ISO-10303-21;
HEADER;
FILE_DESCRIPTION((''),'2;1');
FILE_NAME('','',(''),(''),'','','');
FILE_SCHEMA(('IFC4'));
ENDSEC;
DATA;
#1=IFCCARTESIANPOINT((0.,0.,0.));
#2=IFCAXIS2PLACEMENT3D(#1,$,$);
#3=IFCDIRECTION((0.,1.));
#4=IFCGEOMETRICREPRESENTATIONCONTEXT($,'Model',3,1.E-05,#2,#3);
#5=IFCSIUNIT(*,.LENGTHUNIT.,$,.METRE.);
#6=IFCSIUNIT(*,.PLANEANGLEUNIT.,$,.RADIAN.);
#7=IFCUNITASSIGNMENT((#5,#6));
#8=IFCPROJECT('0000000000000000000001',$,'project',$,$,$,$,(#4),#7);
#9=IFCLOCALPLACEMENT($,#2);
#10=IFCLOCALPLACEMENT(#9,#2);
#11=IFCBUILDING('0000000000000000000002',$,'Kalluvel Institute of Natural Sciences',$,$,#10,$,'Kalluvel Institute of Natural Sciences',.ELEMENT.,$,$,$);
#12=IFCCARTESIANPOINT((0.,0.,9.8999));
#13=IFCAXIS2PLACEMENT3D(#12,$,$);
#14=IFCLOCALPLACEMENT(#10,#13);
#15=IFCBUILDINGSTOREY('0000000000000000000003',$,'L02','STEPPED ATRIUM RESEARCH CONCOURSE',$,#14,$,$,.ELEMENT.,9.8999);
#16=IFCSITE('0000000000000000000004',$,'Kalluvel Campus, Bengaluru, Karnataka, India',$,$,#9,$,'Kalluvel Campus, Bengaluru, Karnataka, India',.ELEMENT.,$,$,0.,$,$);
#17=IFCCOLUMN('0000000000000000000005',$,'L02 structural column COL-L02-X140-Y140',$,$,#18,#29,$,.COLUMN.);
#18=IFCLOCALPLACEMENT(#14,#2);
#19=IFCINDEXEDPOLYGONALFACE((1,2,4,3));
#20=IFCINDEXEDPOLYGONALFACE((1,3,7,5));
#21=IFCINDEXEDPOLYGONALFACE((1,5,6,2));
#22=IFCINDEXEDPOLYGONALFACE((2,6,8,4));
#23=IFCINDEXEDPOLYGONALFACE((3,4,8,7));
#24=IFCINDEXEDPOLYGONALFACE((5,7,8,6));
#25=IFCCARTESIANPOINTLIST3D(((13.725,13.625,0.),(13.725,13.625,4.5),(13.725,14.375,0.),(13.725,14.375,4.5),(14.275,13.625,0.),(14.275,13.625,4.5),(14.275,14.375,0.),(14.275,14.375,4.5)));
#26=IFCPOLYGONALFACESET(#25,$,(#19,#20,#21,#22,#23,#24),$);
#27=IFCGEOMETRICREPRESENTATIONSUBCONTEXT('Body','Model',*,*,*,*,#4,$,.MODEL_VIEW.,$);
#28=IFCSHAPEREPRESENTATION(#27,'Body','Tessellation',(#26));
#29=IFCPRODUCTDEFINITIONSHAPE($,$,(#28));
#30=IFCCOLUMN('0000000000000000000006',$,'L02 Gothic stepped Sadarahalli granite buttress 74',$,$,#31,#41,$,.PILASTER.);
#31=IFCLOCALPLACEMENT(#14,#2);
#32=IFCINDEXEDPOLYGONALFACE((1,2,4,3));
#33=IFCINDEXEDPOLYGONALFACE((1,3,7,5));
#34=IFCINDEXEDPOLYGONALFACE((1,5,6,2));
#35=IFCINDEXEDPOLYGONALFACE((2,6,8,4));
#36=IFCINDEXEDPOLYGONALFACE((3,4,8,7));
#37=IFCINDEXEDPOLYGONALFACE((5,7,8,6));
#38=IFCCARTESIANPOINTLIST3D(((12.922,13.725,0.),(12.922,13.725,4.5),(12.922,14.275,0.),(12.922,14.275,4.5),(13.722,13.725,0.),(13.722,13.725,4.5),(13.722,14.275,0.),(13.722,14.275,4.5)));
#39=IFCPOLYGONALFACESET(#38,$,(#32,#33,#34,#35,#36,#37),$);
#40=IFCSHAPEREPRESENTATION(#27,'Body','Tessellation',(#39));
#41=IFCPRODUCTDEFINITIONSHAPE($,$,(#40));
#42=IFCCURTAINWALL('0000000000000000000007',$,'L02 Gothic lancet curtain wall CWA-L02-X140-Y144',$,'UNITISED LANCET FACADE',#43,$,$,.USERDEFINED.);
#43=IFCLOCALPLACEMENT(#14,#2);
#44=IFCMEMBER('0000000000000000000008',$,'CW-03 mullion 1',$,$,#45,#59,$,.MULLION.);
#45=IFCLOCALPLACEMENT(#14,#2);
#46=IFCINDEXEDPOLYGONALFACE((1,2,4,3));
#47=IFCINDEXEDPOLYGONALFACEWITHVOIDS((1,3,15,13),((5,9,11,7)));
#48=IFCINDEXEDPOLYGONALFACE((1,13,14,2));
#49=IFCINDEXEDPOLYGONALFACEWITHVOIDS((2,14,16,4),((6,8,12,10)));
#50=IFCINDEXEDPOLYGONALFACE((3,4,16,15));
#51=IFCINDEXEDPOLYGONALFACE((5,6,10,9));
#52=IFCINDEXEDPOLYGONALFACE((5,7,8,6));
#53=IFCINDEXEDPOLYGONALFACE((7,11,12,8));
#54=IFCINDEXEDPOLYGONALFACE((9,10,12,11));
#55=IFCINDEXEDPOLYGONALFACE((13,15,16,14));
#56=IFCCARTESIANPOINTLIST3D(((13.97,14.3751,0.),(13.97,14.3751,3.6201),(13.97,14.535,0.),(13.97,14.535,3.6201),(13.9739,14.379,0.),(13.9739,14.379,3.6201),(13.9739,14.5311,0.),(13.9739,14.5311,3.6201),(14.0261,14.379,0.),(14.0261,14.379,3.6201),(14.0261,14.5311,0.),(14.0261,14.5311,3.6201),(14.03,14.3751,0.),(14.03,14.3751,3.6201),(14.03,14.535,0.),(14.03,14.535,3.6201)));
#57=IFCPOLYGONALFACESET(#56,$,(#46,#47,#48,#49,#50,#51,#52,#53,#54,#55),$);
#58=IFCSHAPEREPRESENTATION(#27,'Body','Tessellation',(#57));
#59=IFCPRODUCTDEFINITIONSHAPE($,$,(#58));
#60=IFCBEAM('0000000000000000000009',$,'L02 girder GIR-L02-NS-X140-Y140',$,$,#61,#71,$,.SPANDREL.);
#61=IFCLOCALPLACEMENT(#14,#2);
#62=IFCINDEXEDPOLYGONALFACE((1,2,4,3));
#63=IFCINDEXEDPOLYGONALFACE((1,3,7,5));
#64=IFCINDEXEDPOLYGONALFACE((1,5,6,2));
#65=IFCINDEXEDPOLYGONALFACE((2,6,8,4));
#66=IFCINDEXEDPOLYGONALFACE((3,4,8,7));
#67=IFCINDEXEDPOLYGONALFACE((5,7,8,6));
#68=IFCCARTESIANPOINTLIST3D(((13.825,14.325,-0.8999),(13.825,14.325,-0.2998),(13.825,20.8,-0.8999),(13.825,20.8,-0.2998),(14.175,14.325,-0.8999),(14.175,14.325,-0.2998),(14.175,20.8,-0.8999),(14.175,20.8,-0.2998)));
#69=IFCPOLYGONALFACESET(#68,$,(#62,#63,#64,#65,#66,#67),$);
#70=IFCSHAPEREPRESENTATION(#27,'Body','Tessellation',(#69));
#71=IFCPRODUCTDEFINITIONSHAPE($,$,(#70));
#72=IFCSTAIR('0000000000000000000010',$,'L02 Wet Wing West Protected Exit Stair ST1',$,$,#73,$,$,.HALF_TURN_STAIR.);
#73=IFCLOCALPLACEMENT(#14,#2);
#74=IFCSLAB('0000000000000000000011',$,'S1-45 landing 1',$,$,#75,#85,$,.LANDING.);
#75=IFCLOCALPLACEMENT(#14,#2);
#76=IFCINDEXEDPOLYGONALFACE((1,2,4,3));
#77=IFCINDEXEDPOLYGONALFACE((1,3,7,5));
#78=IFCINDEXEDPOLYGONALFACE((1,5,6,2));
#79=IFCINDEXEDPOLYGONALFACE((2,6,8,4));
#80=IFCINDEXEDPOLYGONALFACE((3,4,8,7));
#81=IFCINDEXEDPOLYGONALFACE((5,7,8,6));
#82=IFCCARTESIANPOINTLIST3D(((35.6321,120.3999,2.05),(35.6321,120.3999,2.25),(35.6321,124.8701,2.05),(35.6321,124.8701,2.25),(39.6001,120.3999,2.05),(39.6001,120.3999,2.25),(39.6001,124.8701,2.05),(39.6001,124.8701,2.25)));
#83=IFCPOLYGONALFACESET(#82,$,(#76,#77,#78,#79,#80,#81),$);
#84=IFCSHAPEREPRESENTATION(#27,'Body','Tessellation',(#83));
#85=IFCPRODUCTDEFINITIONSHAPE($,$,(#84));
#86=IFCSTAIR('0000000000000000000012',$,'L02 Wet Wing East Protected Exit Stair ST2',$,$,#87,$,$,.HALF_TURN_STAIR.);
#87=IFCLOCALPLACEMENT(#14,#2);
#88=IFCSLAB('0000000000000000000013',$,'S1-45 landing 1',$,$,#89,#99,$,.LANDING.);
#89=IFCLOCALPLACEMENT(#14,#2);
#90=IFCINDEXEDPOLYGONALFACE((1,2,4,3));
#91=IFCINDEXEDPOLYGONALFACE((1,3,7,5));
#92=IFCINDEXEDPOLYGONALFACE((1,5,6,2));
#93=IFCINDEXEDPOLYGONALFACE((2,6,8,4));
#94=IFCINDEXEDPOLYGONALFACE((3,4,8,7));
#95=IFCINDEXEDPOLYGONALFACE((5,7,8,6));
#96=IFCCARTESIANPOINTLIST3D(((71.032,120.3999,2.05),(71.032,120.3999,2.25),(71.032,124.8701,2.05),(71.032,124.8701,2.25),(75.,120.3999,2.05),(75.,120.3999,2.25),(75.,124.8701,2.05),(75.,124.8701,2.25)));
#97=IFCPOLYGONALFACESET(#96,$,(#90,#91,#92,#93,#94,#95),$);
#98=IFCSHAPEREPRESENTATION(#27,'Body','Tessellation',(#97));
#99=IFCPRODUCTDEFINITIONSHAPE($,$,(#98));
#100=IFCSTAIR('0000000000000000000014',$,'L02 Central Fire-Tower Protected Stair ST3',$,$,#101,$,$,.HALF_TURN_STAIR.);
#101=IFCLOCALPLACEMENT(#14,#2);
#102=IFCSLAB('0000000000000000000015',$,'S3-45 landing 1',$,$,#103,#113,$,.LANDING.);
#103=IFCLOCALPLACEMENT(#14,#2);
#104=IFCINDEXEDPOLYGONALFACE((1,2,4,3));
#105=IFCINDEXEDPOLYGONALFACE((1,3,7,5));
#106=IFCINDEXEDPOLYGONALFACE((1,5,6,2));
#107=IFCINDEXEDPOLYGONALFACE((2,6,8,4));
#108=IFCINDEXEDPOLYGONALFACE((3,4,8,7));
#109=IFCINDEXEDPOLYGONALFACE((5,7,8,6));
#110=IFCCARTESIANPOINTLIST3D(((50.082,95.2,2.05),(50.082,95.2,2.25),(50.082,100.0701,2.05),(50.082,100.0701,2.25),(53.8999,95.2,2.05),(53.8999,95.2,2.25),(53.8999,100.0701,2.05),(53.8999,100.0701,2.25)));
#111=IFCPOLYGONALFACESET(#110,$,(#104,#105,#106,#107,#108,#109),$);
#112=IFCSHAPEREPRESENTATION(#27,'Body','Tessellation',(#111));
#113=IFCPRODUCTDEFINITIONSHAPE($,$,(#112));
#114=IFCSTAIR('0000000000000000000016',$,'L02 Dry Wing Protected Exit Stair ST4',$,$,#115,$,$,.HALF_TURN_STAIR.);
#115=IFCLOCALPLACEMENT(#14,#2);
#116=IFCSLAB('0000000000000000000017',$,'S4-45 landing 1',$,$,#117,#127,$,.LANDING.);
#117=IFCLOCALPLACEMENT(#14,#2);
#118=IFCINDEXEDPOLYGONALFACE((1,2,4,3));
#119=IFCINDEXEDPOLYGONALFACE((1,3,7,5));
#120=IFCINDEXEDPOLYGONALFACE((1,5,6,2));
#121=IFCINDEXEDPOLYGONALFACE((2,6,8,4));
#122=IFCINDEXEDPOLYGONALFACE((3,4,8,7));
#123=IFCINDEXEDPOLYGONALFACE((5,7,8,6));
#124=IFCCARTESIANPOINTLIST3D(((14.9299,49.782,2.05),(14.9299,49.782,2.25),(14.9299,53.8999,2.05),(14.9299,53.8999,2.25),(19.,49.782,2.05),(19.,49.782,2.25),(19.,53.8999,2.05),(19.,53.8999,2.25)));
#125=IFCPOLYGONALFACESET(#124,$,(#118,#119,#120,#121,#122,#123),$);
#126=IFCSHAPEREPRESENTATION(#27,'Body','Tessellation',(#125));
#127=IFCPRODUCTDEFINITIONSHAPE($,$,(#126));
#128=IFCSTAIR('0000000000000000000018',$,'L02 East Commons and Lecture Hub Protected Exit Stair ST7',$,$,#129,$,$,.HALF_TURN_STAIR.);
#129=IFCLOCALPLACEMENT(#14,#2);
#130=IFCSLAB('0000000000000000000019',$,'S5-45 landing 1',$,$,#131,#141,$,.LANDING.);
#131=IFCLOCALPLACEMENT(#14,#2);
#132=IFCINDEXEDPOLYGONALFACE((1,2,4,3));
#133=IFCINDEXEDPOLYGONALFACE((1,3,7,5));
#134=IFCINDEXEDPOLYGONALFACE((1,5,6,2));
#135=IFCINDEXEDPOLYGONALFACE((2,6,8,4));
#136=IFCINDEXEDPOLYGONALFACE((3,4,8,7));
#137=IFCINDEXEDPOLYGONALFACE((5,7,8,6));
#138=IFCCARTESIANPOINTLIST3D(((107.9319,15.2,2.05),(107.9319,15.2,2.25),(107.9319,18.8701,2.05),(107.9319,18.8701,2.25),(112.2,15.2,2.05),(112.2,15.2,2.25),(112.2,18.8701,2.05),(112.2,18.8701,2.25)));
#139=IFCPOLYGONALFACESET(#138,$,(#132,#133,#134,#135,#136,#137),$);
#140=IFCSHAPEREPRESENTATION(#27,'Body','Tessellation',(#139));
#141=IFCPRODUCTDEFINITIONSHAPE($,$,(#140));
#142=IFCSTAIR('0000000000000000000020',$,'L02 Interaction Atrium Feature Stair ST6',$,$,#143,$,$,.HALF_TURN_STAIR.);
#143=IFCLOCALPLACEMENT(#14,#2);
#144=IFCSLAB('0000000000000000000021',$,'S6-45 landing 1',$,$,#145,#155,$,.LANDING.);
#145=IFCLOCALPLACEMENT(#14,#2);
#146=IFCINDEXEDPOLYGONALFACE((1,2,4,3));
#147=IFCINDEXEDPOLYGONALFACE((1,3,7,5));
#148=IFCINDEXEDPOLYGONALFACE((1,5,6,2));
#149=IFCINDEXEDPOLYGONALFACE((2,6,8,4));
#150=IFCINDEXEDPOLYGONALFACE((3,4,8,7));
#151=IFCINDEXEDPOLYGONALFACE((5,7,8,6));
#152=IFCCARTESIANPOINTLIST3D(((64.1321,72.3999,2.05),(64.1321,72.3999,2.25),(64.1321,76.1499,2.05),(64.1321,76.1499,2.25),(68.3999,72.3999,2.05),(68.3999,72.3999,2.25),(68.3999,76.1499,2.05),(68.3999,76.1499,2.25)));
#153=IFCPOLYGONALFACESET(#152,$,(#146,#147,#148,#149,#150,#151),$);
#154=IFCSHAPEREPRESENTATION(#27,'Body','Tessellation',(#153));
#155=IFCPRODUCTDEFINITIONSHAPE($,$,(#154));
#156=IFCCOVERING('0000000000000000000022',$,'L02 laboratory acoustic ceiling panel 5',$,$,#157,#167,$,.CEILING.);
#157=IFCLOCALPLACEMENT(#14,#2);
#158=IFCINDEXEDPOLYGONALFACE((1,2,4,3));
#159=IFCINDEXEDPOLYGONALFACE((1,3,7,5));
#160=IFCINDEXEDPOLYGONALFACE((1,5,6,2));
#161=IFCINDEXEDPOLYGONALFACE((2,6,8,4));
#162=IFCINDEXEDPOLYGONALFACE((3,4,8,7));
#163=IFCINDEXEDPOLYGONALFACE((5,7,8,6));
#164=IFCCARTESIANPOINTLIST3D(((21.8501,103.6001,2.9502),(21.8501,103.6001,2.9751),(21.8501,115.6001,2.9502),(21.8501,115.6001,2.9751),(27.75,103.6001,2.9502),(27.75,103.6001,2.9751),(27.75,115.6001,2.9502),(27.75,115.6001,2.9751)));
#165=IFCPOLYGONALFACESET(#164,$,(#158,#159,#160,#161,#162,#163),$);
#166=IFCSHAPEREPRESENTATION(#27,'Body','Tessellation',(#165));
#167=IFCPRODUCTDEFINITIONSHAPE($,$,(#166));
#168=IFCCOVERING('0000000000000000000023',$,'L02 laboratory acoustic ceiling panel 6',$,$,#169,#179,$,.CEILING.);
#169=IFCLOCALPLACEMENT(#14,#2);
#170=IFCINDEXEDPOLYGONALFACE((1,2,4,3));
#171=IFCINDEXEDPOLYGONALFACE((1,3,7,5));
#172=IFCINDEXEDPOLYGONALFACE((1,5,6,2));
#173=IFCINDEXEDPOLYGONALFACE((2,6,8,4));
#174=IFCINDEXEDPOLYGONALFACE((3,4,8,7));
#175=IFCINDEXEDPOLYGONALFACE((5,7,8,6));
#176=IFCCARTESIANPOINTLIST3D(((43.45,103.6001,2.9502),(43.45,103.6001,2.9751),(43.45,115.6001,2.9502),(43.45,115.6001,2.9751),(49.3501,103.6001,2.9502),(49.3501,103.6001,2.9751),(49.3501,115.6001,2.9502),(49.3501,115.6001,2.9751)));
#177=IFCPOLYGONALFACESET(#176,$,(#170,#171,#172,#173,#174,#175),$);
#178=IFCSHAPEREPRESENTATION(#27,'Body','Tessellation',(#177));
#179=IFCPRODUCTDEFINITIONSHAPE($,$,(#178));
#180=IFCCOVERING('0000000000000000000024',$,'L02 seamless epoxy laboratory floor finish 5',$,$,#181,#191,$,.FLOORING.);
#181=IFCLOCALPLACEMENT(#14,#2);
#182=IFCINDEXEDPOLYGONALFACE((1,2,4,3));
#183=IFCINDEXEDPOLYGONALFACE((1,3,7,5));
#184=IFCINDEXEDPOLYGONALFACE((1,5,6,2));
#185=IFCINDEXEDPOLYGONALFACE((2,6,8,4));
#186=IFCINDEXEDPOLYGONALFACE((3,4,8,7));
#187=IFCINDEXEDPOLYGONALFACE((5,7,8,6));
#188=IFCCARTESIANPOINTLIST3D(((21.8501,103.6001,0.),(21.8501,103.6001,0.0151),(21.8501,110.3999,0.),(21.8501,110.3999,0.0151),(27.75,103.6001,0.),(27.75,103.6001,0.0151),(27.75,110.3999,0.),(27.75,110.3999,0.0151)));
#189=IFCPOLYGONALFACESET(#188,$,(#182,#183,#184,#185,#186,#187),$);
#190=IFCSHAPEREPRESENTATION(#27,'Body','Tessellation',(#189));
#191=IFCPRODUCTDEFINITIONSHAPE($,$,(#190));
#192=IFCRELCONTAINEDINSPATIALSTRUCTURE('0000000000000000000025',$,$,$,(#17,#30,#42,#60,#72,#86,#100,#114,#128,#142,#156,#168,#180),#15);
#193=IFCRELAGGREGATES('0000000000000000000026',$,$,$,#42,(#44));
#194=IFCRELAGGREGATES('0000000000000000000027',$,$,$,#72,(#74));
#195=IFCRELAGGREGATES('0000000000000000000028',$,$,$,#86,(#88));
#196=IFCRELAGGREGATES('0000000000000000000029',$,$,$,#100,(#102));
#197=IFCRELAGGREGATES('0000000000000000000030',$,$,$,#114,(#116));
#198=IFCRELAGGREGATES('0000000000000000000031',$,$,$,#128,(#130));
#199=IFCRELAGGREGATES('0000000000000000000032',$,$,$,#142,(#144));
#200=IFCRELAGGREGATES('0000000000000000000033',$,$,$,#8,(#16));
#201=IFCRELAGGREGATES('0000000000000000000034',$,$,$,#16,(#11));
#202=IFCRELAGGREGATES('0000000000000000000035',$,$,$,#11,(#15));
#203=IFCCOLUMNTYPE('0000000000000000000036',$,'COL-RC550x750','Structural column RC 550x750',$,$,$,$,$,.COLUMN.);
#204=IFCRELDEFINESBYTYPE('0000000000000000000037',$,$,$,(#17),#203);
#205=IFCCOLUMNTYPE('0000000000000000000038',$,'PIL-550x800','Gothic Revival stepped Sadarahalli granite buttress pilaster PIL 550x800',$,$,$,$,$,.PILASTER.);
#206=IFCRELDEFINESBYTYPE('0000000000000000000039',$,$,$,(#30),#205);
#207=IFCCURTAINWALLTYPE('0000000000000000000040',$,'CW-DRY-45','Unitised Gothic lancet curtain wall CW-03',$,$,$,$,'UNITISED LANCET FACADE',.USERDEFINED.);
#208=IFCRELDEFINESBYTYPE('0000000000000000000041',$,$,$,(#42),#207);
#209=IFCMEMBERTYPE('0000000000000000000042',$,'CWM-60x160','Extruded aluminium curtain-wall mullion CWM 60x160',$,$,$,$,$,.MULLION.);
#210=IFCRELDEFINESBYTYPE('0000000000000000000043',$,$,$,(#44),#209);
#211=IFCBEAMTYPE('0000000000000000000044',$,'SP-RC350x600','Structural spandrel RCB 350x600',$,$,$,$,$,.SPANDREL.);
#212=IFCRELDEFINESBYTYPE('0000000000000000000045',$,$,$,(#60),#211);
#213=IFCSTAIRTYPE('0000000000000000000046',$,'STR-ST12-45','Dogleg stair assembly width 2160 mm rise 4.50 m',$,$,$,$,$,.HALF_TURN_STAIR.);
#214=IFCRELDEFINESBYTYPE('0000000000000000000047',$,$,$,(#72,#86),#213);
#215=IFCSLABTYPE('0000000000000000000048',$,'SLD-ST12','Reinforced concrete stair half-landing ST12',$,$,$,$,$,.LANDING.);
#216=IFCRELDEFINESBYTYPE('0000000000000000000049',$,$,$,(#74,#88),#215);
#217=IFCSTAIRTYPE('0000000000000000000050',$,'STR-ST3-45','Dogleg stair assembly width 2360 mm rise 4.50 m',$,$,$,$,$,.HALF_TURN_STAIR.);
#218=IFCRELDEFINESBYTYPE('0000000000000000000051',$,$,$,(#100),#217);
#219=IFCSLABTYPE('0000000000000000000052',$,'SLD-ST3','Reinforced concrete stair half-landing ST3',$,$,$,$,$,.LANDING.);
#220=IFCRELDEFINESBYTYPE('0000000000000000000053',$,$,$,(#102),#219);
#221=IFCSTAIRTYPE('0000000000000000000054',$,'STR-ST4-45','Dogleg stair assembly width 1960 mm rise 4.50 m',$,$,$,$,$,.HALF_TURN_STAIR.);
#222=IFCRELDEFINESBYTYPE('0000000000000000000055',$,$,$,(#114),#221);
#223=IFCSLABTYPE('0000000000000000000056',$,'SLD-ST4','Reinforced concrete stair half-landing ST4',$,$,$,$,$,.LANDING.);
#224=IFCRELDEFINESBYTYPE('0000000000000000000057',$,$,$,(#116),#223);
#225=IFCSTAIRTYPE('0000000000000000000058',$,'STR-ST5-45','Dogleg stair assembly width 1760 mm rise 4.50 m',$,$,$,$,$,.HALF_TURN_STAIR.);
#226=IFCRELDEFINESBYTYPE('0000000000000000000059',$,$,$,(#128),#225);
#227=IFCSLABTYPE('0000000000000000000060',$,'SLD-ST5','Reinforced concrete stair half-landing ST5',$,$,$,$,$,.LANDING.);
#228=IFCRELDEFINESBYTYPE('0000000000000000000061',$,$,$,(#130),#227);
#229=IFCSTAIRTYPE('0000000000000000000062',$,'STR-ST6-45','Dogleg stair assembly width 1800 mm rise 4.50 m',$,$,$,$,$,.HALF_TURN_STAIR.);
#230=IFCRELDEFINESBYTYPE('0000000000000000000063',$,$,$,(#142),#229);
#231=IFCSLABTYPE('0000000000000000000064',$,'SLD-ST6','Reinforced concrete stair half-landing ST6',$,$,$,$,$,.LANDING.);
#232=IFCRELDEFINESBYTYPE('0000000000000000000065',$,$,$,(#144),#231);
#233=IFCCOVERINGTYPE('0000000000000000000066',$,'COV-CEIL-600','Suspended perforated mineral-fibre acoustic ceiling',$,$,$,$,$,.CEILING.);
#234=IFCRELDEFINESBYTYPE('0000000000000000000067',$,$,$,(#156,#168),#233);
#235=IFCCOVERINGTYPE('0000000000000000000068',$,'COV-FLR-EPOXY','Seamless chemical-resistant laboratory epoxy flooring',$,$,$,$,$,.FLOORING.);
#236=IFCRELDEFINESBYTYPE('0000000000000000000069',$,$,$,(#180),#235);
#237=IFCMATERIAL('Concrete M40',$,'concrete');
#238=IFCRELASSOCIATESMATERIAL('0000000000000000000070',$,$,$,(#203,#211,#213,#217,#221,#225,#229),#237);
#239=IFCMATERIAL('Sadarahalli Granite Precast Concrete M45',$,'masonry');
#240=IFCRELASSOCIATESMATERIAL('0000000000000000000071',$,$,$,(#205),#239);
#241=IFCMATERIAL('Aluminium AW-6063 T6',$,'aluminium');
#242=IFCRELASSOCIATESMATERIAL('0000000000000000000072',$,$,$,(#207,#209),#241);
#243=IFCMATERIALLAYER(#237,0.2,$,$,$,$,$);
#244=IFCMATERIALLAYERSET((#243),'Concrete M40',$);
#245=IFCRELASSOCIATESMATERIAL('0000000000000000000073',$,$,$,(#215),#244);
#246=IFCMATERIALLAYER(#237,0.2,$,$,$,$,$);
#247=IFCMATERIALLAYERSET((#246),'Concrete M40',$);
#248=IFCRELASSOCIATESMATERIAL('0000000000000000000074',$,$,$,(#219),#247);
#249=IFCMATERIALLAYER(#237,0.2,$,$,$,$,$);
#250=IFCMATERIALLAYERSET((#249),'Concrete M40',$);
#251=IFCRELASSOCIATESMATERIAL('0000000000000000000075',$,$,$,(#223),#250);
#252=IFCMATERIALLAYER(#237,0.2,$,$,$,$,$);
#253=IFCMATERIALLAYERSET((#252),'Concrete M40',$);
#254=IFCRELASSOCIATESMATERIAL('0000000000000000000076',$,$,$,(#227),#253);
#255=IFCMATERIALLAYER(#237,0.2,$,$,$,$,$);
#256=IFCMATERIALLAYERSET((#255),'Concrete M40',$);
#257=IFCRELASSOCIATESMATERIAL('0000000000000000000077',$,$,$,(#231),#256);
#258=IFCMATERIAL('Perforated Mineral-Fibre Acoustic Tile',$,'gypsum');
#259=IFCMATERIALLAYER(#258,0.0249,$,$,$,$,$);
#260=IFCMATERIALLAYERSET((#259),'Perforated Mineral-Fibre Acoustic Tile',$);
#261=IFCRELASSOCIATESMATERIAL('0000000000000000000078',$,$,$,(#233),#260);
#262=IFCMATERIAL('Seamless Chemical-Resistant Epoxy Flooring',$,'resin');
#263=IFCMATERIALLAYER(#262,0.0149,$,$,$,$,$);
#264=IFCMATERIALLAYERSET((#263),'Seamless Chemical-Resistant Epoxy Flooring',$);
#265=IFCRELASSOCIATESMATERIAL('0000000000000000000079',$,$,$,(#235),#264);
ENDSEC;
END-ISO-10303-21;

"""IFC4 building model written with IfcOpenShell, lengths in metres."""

from ifc_helpers import new_model, si_unit, direction, frame, origin, origin_2d, place, context, subcontext, project, spatial, polyline, rectangle, hollow_rectangle, outline, extrude, material, layer, layer_set, material_profile, profile_set, type_object, element, aggregate, save


model = new_model("IFC4")

# Units and contexts
model_context = context("Model", 3, precision=1e-05, world=origin(), true_north=direction((0.0, 1.0)))
body_context = subcontext(model_context, "Body", "Model", "MODEL_VIEW")
ifc_project = project(units=[si_unit("LENGTHUNIT", "METRE"), si_unit("PLANEANGLEUNIT", "RADIAN")], contexts=[model_context])

# Site, building, storey
site_placement = place(None, origin())
site = spatial("IfcSite", under=ifc_project, at=site_placement, Name="Kalluvel Campus, Bengaluru, Karnataka, India", LongName="Kalluvel Campus, Bengaluru, Karnataka, India", CompositionType="ELEMENT", RefElevation=0.0)
building_placement = place(site_placement, origin())
building = spatial("IfcBuilding", under=site, at=building_placement, Name="Kalluvel Institute of Natural Sciences", LongName="Kalluvel Institute of Natural Sciences", CompositionType="ELEMENT")
storey_placement = place(building_placement, frame((0.0, 0.0, 9.8999)))
storey = spatial("IfcBuildingStorey", under=building, at=storey_placement, Name="L02", Description="STEPPED ATRIUM RESEARCH CONCOURSE", CompositionType="ELEMENT", Elevation=9.8999)

# Columns
ifc_material_1 = material(Name="Concrete M40", Category="concrete")
ifc_material_profile_1 = material_profile(ifc_material_1, rectangle(XDim=0.55, YDim=0.75, at=origin_2d()), Name="RC 550x750")
ifc_profile_set_1 = profile_set([ifc_material_profile_1], Name="Concrete M40")
column_type_1 = type_object("IfcColumnType", Name="COL-RC550x750", Description="Structural column RC 550x750", PredefinedType="COLUMN", material=ifc_profile_set_1)
column_1_placement = place(storey_placement, frame((14.0, 14.0, 0.0), z_axis=(0.0, 0.0, 1.0), x_axis=(1.0, 0.0, 0.0)))
element("IfcColumn", 1, at=column_1_placement, inside=storey, type_object=column_type_1, Name="L02 structural column COL-L02-X140-Y140", PredefinedType="COLUMN", context=body_context, shape_type="SweptSolid", body=[
    extrude(rectangle(XDim=0.55, YDim=0.75, at=origin_2d()), origin(), (0.0, 0.0, 1.0), 4.5),
])
ifc_material_2 = material(Name="Sadarahalli Granite Precast Concrete M45", Category="masonry")
ifc_material_profile_2 = material_profile(ifc_material_2, rectangle(XDim=0.55, YDim=0.8, at=origin_2d()), Name="PIL 550x800")
ifc_profile_set_2 = profile_set([ifc_material_profile_2], Name="Sadarahalli Granite Precast Concrete M45")
column_type_2 = type_object("IfcColumnType", Name="PIL-550x800", Description="Gothic Revival stepped Sadarahalli granite buttress pilaster PIL 550x800", PredefinedType="PILASTER", material=ifc_profile_set_2)
column_2_placement = place(storey_placement, frame((13.322, 14.0, 0.0), z_axis=(0.0, 0.0, 1.0), x_axis=(0.0, 1.0, 0.0)))
element("IfcColumn", 2, at=column_2_placement, inside=storey, type_object=column_type_2, Name="L02 Gothic stepped Sadarahalli granite buttress 74", PredefinedType="PILASTER", context=body_context, shape_type="SweptSolid", body=[
    extrude(rectangle(XDim=0.55, YDim=0.8, at=origin_2d()), origin(), (0.0, 0.0, 1.0), 4.5),
])

# Curtain wall, member
ifc_material_3 = material(Name="Aluminium AW-6063 T6", Category="aluminium")
curtain_wall_type = type_object("IfcCurtainWallType", Name="CW-DRY-45", Description="Unitised Gothic lancet curtain wall CW-03", ElementType="UNITISED LANCET FACADE", PredefinedType="USERDEFINED", material=ifc_material_3)
curtain_wall_placement = place(storey_placement, origin())
curtain_wall = element("IfcCurtainWall", 3, at=curtain_wall_placement, inside=storey, type_object=curtain_wall_type, Name="L02 Gothic lancet curtain wall CWA-L02-X140-Y144", ObjectType="UNITISED LANCET FACADE", PredefinedType="USERDEFINED")
ifc_material_profile_3 = material_profile(ifc_material_3, hollow_rectangle(XDim=0.0601, YDim=0.1599, WallThickness=0.0039, at=origin_2d()), Name="CWM 60x160")
ifc_profile_set_3 = profile_set([ifc_material_profile_3], Name="Aluminium AW-6063 T6")
member_type = type_object("IfcMemberType", Name="CWM-60x160", Description="Extruded aluminium curtain-wall mullion CWM 60x160", PredefinedType="MULLION", material=ifc_profile_set_3)
member_placement = place(storey_placement, frame((14.0, 14.4551, 0.0), z_axis=(0.0, 0.0, 1.0), x_axis=(-1.0, 0.0, 0.0)))
member = element("IfcMember", 4, at=member_placement, type_object=member_type, Name="CW-03 mullion 1", PredefinedType="MULLION", context=body_context, shape_type="SweptSolid", body=[
    extrude(hollow_rectangle(XDim=0.0601, YDim=0.1599, WallThickness=0.0039, at=origin_2d()), origin(), (0.0, 0.0, 1.0), 3.6201),
])
aggregate(curtain_wall, [member])

# Beam
ifc_material_profile_4 = material_profile(ifc_material_1, rectangle(XDim=0.3501, YDim=0.6001, at=origin_2d()), Name="RCB 350x600")
ifc_profile_set_4 = profile_set([ifc_material_profile_4], Name="Concrete M40")
beam_type = type_object("IfcBeamType", Name="SP-RC350x600", Description="Structural spandrel RCB 350x600", PredefinedType="SPANDREL", material=ifc_profile_set_4)
beam_placement = place(storey_placement, frame((14.0, 14.325, -0.5999), z_axis=(0.0, 1.0, 0.0), x_axis=(-1.0, 0.0, 0.0)))
element("IfcBeam", 5, at=beam_placement, inside=storey, type_object=beam_type, Name="L02 girder GIR-L02-NS-X140-Y140", PredefinedType="SPANDREL", context=body_context, shape_type="SweptSolid", body=[
    extrude(rectangle(XDim=0.3501, YDim=0.6001, at=origin_2d()), origin(), (0.0, 0.0, 1.0), 6.4751),
])

# Stairs, slabs
stair_type_1 = type_object("IfcStairType", Name="STR-ST12-45", Description="Dogleg stair assembly width 2160 mm rise 4.50 m", PredefinedType="HALF_TURN_STAIR", material=ifc_material_1)
stair_1_placement = place(storey_placement, origin())
stair_1 = element("IfcStair", 6, at=stair_1_placement, inside=storey, type_object=stair_type_1, Name="L02 Wet Wing West Protected Exit Stair ST1", PredefinedType="HALF_TURN_STAIR")
ifc_layer_1 = layer(ifc_material_1, 0.2)
ifc_layer_set_1 = layer_set([ifc_layer_1], Name="Concrete M40")
slab_type_1 = type_object("IfcSlabType", Name="SLD-ST12", Description="Reinforced concrete stair half-landing ST12", PredefinedType="LANDING", material=ifc_layer_set_1)
slab_1_placement = place(storey_placement, frame((0.0, 0.0, 2.05)))
slab_1 = element("IfcSlab", 7, at=slab_1_placement, type_object=slab_type_1, Name="S1-45 landing 1", PredefinedType="LANDING", context=body_context, shape_type="SweptSolid", body=[
    extrude(outline(polyline([(35.6321, 120.3999), (39.6001, 120.3999), (39.6001, 124.8701), (35.6321, 124.8701), (35.6321, 120.3999)])), origin(), (0.0, 0.0, 1.0), 0.2),
])
aggregate(stair_1, [slab_1])
stair_2_placement = place(storey_placement, origin())
stair_2 = element("IfcStair", 8, at=stair_2_placement, inside=storey, type_object=stair_type_1, Name="L02 Wet Wing East Protected Exit Stair ST2", PredefinedType="HALF_TURN_STAIR")
slab_2_placement = place(storey_placement, frame((0.0, 0.0, 2.05)))
slab_2 = element("IfcSlab", 9, at=slab_2_placement, type_object=slab_type_1, Name="S1-45 landing 1", PredefinedType="LANDING", context=body_context, shape_type="SweptSolid", body=[
    extrude(outline(polyline([(71.032, 120.3999), (75.0, 120.3999), (75.0, 124.8701), (71.032, 124.8701), (71.032, 120.3999)])), origin(), (0.0, 0.0, 1.0), 0.2),
])
aggregate(stair_2, [slab_2])
stair_type_2 = type_object("IfcStairType", Name="STR-ST3-45", Description="Dogleg stair assembly width 2360 mm rise 4.50 m", PredefinedType="HALF_TURN_STAIR", material=ifc_material_1)
stair_3_placement = place(storey_placement, origin())
stair_3 = element("IfcStair", 10, at=stair_3_placement, inside=storey, type_object=stair_type_2, Name="L02 Central Fire-Tower Protected Stair ST3", PredefinedType="HALF_TURN_STAIR")
ifc_layer_2 = layer(ifc_material_1, 0.2)
ifc_layer_set_2 = layer_set([ifc_layer_2], Name="Concrete M40")
slab_type_2 = type_object("IfcSlabType", Name="SLD-ST3", Description="Reinforced concrete stair half-landing ST3", PredefinedType="LANDING", material=ifc_layer_set_2)
slab_3_placement = place(storey_placement, frame((0.0, 0.0, 2.05)))
slab_3 = element("IfcSlab", 11, at=slab_3_placement, type_object=slab_type_2, Name="S3-45 landing 1", PredefinedType="LANDING", context=body_context, shape_type="SweptSolid", body=[
    extrude(outline(polyline([(50.082, 95.2), (53.8999, 95.2), (53.8999, 100.0701), (50.082, 100.0701), (50.082, 95.2)])), origin(), (0.0, 0.0, 1.0), 0.2),
])
aggregate(stair_3, [slab_3])
stair_type_3 = type_object("IfcStairType", Name="STR-ST4-45", Description="Dogleg stair assembly width 1960 mm rise 4.50 m", PredefinedType="HALF_TURN_STAIR", material=ifc_material_1)
stair_4_placement = place(storey_placement, origin())
stair_4 = element("IfcStair", 12, at=stair_4_placement, inside=storey, type_object=stair_type_3, Name="L02 Dry Wing Protected Exit Stair ST4", PredefinedType="HALF_TURN_STAIR")
ifc_layer_3 = layer(ifc_material_1, 0.2)
ifc_layer_set_3 = layer_set([ifc_layer_3], Name="Concrete M40")
slab_type_3 = type_object("IfcSlabType", Name="SLD-ST4", Description="Reinforced concrete stair half-landing ST4", PredefinedType="LANDING", material=ifc_layer_set_3)
slab_4_placement = place(storey_placement, frame((0.0, 0.0, 2.05)))
slab_4 = element("IfcSlab", 13, at=slab_4_placement, type_object=slab_type_3, Name="S4-45 landing 1", PredefinedType="LANDING", context=body_context, shape_type="SweptSolid", body=[
    extrude(outline(polyline([(19.0, 49.782), (19.0, 53.8999), (14.9299, 53.8999), (14.9299, 49.782), (19.0, 49.782)])), origin(), (0.0, 0.0, 1.0), 0.2),
])
aggregate(stair_4, [slab_4])
stair_type_4 = type_object("IfcStairType", Name="STR-ST5-45", Description="Dogleg stair assembly width 1760 mm rise 4.50 m", PredefinedType="HALF_TURN_STAIR", material=ifc_material_1)
stair_5_placement = place(storey_placement, origin())
stair_5 = element("IfcStair", 14, at=stair_5_placement, inside=storey, type_object=stair_type_4, Name="L02 East Commons and Lecture Hub Protected Exit Stair ST7", PredefinedType="HALF_TURN_STAIR")
ifc_layer_4 = layer(ifc_material_1, 0.2)
ifc_layer_set_4 = layer_set([ifc_layer_4], Name="Concrete M40")
slab_type_4 = type_object("IfcSlabType", Name="SLD-ST5", Description="Reinforced concrete stair half-landing ST5", PredefinedType="LANDING", material=ifc_layer_set_4)
slab_5_placement = place(storey_placement, frame((0.0, 0.0, 2.05)))
slab_5 = element("IfcSlab", 15, at=slab_5_placement, type_object=slab_type_4, Name="S5-45 landing 1", PredefinedType="LANDING", context=body_context, shape_type="SweptSolid", body=[
    extrude(outline(polyline([(107.9319, 15.2), (112.2, 15.2), (112.2, 18.8701), (107.9319, 18.8701), (107.9319, 15.2)])), origin(), (0.0, 0.0, 1.0), 0.2),
])
aggregate(stair_5, [slab_5])
stair_type_5 = type_object("IfcStairType", Name="STR-ST6-45", Description="Dogleg stair assembly width 1800 mm rise 4.50 m", PredefinedType="HALF_TURN_STAIR", material=ifc_material_1)
stair_6_placement = place(storey_placement, origin())
stair_6 = element("IfcStair", 16, at=stair_6_placement, inside=storey, type_object=stair_type_5, Name="L02 Interaction Atrium Feature Stair ST6", PredefinedType="HALF_TURN_STAIR")
ifc_layer_5 = layer(ifc_material_1, 0.2)
ifc_layer_set_5 = layer_set([ifc_layer_5], Name="Concrete M40")
slab_type_5 = type_object("IfcSlabType", Name="SLD-ST6", Description="Reinforced concrete stair half-landing ST6", PredefinedType="LANDING", material=ifc_layer_set_5)
slab_6_placement = place(storey_placement, frame((0.0, 0.0, 2.05)))
slab_6 = element("IfcSlab", 17, at=slab_6_placement, type_object=slab_type_5, Name="S6-45 landing 1", PredefinedType="LANDING", context=body_context, shape_type="SweptSolid", body=[
    extrude(outline(polyline([(64.1321, 72.3999), (68.3999, 72.3999), (68.3999, 76.1499), (64.1321, 76.1499), (64.1321, 72.3999)])), origin(), (0.0, 0.0, 1.0), 0.2),
])
aggregate(stair_6, [slab_6])

# Coverings
ifc_material_4 = material(Name="Perforated Mineral-Fibre Acoustic Tile", Category="gypsum")
ifc_layer_6 = layer(ifc_material_4, 0.0249)
ifc_layer_set_6 = layer_set([ifc_layer_6], Name="Perforated Mineral-Fibre Acoustic Tile")
covering_type_1 = type_object("IfcCoveringType", Name="COV-CEIL-600", Description="Suspended perforated mineral-fibre acoustic ceiling", PredefinedType="CEILING", material=ifc_layer_set_6)
covering_1_placement = place(storey_placement, frame((0.0, 0.0, 2.9502)))
element("IfcCovering", 18, at=covering_1_placement, inside=storey, type_object=covering_type_1, Name="L02 laboratory acoustic ceiling panel 5", PredefinedType="CEILING", context=body_context, shape_type="SweptSolid", body=[
    extrude(outline(polyline([(21.8501, 103.6001), (27.75, 103.6001), (27.75, 115.6001), (21.8501, 115.6001), (21.8501, 103.6001)])), origin(), (0.0, 0.0, 1.0), 0.0249),
])
covering_2_placement = place(storey_placement, frame((0.0, 0.0, 2.9502)))
element("IfcCovering", 19, at=covering_2_placement, inside=storey, type_object=covering_type_1, Name="L02 laboratory acoustic ceiling panel 6", PredefinedType="CEILING", context=body_context, shape_type="SweptSolid", body=[
    extrude(outline(polyline([(43.45, 103.6001), (49.3501, 103.6001), (49.3501, 115.6001), (43.45, 115.6001), (43.45, 103.6001)])), origin(), (0.0, 0.0, 1.0), 0.0249),
])
ifc_material_5 = material(Name="Seamless Chemical-Resistant Epoxy Flooring", Category="resin")
ifc_layer_7 = layer(ifc_material_5, 0.0149)
ifc_layer_set_7 = layer_set([ifc_layer_7], Name="Seamless Chemical-Resistant Epoxy Flooring")
covering_type_2 = type_object("IfcCoveringType", Name="COV-FLR-EPOXY", Description="Seamless chemical-resistant laboratory epoxy flooring", PredefinedType="FLOORING", material=ifc_layer_set_7)
covering_3_placement = place(storey_placement, origin())
element("IfcCovering", 20, at=covering_3_placement, inside=storey, type_object=covering_type_2, Name="L02 seamless epoxy laboratory floor finish 5", PredefinedType="FLOORING", context=body_context, shape_type="SweptSolid", body=[
    extrude(outline(polyline([(21.8501, 103.6001), (27.75, 103.6001), (27.75, 110.3999), (21.8501, 110.3999), (21.8501, 103.6001)])), origin(), (0.0, 0.0, 1.0), 0.0151),
])

save(model, "model.ifc")
